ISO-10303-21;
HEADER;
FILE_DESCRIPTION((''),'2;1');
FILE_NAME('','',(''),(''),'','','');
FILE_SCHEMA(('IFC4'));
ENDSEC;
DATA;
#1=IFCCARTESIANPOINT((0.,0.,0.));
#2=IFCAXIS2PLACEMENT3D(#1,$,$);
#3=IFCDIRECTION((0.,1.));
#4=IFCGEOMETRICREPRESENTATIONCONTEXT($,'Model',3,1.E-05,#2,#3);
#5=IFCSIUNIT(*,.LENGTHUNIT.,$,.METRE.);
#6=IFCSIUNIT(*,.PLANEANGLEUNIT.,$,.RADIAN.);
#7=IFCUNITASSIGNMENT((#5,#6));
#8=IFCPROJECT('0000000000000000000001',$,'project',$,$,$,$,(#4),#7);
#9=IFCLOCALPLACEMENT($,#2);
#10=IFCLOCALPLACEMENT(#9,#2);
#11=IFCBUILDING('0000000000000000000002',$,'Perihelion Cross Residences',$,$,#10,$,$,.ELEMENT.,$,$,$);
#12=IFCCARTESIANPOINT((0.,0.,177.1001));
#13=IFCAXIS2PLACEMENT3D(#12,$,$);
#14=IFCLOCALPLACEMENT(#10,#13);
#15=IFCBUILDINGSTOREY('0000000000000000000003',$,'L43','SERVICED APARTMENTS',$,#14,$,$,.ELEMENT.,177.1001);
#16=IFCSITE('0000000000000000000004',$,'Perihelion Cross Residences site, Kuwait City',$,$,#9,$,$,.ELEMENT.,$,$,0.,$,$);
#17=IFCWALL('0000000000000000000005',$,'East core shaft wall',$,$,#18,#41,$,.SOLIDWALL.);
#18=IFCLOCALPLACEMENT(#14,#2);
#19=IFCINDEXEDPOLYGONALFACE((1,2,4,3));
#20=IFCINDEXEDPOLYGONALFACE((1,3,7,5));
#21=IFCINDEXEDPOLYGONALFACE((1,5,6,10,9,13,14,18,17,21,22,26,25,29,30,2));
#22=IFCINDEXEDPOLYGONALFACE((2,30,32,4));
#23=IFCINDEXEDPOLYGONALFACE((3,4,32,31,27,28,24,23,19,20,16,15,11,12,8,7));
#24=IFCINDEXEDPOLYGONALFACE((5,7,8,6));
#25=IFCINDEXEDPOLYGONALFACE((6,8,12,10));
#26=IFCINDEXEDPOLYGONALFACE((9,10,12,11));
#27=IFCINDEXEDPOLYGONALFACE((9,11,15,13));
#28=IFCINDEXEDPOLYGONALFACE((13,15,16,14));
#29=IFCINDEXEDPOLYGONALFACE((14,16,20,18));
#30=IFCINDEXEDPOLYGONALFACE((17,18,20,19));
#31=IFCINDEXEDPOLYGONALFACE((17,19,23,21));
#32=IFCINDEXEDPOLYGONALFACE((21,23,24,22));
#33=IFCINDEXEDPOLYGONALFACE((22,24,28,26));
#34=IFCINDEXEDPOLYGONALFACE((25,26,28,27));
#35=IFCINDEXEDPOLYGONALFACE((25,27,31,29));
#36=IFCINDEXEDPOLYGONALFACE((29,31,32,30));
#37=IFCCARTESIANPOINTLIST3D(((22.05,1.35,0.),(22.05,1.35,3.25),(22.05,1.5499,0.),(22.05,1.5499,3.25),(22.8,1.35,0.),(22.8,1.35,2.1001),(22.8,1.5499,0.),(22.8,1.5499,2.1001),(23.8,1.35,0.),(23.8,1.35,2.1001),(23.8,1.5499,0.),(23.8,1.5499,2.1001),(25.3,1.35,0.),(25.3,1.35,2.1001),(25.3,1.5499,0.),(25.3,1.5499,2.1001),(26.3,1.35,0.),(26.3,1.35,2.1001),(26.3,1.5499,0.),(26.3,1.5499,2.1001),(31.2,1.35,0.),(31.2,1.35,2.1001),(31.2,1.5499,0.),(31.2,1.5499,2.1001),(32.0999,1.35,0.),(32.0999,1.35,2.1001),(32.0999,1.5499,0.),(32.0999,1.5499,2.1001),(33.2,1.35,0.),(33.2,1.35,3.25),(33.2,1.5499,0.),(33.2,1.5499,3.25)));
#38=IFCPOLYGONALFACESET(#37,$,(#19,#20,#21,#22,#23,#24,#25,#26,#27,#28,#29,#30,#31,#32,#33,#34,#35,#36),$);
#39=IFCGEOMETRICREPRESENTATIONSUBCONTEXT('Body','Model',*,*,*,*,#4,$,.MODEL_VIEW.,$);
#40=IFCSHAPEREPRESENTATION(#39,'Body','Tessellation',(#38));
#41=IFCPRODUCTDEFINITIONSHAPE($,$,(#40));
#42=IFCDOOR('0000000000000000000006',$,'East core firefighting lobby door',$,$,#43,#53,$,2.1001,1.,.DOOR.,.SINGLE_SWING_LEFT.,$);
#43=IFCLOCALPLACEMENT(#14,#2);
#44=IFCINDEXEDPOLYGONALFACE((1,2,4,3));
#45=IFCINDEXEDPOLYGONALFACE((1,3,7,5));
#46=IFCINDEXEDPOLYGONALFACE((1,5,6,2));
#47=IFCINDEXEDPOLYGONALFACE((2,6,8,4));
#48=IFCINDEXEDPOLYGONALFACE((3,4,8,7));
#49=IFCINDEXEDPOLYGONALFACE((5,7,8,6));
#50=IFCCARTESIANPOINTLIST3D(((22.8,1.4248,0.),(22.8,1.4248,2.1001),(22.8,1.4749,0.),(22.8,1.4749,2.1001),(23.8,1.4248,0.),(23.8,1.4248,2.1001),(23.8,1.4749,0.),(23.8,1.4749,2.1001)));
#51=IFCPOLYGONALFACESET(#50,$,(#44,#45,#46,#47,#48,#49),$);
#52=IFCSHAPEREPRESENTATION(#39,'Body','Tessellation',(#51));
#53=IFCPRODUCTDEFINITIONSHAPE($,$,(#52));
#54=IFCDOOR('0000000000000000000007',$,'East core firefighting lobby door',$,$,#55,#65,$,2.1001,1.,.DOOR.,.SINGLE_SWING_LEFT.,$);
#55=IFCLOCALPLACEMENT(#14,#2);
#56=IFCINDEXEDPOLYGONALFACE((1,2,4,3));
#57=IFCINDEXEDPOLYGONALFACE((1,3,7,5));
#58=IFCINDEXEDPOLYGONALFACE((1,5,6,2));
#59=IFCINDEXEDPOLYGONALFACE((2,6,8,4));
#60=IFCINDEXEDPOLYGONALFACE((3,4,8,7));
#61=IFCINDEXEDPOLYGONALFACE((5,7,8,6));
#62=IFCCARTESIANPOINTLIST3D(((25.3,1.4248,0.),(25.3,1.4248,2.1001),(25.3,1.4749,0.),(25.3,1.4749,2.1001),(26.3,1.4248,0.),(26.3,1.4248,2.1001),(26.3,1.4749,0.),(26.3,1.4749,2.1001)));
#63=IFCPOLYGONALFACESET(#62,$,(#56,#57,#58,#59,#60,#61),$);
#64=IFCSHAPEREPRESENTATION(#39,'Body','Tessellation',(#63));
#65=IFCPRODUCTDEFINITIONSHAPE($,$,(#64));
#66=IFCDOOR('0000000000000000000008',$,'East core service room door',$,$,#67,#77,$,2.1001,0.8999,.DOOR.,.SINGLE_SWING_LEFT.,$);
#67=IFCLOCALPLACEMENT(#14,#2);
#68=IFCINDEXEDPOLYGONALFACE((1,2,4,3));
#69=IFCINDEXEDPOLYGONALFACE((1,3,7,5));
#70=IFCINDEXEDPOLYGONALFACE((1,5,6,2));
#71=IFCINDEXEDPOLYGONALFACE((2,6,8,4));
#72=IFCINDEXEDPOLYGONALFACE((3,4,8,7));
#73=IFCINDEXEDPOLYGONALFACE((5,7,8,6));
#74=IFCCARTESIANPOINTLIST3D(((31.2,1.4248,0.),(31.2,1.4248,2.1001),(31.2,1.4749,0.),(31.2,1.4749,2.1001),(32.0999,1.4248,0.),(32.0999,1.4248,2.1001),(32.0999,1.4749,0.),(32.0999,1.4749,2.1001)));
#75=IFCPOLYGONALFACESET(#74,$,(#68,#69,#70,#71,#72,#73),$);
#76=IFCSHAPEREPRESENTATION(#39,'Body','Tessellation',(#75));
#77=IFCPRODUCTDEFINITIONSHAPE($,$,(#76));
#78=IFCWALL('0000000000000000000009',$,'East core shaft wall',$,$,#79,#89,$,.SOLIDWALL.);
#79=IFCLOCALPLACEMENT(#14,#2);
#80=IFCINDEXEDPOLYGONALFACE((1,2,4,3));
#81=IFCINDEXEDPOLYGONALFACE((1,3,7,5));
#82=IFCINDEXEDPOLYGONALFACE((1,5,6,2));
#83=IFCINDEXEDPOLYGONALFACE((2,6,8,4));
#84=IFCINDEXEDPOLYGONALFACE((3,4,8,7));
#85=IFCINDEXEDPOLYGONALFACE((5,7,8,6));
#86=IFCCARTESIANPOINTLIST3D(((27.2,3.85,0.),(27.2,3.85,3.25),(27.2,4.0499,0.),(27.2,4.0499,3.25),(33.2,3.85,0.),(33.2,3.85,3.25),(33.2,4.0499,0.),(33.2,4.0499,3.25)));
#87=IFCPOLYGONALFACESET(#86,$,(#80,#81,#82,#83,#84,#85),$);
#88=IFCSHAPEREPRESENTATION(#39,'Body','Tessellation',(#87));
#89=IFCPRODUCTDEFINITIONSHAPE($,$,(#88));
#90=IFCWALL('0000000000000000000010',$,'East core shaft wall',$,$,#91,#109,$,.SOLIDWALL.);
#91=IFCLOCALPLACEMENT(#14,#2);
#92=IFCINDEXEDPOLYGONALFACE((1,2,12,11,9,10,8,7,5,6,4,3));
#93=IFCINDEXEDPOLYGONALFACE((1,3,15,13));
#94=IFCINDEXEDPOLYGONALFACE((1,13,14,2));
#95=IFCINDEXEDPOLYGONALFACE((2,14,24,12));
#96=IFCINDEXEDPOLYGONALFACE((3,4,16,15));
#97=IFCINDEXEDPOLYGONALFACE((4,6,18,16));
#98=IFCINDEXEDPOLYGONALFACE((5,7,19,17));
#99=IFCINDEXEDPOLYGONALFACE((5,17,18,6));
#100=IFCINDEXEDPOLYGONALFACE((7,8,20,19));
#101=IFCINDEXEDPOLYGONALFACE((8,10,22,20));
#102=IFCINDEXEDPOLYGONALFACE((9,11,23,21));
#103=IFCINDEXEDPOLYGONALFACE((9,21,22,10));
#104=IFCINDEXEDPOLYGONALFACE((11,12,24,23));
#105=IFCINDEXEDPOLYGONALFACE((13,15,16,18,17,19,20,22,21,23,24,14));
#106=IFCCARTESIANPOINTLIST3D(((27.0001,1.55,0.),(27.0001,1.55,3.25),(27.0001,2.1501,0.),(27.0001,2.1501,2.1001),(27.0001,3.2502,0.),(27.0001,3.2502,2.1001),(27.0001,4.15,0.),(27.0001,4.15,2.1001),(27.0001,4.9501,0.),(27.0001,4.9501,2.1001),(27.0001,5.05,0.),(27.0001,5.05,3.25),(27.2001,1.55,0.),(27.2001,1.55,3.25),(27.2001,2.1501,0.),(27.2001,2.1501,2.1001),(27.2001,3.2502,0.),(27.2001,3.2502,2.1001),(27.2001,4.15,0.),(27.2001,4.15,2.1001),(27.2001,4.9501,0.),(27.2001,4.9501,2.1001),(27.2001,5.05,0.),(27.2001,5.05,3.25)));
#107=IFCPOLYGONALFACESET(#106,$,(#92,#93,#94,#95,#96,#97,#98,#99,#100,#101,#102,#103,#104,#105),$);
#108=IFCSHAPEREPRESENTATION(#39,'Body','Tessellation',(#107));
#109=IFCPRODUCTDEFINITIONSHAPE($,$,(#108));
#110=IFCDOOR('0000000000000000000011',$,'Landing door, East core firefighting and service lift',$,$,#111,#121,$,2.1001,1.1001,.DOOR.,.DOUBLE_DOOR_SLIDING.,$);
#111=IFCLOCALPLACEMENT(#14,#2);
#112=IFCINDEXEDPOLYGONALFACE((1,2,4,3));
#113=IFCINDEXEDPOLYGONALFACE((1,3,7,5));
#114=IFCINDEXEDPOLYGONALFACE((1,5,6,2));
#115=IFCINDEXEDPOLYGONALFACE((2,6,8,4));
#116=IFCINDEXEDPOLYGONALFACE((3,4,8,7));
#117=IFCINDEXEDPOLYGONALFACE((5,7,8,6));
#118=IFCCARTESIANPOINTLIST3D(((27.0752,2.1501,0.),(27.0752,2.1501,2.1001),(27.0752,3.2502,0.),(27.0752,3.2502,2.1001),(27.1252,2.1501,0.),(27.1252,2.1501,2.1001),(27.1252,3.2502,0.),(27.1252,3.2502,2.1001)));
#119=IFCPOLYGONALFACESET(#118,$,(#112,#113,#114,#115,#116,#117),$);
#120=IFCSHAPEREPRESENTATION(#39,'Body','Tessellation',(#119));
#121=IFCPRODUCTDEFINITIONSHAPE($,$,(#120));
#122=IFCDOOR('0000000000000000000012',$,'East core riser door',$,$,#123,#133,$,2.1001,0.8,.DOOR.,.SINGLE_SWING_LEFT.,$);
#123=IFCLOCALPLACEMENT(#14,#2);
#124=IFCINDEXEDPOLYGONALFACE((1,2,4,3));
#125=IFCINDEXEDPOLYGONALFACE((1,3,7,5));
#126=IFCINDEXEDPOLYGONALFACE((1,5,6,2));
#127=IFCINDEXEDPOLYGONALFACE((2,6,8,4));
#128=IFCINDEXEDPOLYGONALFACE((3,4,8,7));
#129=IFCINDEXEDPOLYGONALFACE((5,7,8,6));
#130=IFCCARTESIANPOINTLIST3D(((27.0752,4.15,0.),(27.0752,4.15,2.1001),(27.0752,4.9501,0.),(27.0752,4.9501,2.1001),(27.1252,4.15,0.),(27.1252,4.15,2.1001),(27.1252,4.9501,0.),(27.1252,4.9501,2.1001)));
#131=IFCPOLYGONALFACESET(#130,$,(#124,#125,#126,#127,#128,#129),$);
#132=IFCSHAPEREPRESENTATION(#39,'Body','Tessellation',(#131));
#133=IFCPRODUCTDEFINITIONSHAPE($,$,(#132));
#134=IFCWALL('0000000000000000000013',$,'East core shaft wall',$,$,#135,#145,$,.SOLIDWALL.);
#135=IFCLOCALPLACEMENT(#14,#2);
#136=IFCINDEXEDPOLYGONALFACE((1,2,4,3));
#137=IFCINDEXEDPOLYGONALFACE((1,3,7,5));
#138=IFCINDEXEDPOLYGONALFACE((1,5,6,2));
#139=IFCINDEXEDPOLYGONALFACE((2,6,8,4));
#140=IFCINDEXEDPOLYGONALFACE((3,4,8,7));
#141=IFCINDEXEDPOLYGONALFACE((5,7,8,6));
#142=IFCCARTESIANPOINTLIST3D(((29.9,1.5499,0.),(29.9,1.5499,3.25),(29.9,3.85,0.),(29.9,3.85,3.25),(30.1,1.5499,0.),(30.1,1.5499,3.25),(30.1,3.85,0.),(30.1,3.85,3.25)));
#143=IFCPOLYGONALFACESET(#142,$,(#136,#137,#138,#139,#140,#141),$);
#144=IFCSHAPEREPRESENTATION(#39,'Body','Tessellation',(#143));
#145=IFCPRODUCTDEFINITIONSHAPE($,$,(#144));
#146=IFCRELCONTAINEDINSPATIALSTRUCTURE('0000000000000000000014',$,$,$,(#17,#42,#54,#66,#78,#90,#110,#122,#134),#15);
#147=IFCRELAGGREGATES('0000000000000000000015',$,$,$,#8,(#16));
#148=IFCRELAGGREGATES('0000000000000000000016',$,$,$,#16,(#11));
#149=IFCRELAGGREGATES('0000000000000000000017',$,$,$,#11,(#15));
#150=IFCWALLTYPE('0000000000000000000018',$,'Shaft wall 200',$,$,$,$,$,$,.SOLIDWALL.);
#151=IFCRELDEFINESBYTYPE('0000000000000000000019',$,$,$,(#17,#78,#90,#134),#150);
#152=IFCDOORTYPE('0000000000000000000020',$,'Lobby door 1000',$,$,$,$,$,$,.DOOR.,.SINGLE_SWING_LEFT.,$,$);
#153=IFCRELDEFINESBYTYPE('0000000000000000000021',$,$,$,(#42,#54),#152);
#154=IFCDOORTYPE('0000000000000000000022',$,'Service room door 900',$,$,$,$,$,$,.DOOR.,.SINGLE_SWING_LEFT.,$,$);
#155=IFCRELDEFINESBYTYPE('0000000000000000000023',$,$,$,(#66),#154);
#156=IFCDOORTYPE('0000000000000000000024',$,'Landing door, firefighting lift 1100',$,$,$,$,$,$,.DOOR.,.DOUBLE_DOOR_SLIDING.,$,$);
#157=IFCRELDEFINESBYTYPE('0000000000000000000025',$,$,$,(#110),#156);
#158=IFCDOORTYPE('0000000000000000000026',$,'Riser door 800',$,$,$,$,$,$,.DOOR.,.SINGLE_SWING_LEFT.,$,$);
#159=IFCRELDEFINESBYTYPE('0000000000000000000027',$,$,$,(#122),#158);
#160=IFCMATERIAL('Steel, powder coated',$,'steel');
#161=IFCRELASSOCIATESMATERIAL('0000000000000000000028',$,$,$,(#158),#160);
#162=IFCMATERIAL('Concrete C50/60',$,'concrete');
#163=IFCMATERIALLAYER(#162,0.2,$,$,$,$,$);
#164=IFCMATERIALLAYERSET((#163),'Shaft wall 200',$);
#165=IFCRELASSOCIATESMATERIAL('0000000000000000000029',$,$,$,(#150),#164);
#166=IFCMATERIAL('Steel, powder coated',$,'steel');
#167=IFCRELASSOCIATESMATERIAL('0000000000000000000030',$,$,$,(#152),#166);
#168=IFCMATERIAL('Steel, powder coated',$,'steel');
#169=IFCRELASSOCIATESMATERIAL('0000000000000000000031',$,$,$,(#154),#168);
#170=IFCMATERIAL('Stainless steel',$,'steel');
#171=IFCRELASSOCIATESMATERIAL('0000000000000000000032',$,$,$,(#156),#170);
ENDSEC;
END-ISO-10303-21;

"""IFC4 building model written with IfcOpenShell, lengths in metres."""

from ifc_helpers import new_model, si_unit, direction, frame, frame_2d, origin, place, context, subcontext, project, spatial, rectangle, extrude, material, layer, layer_set, type_object, element, fill, save


model = new_model("IFC4")

# Units and contexts
model_context = context("Model", 3, precision=1e-05, world=origin(), true_north=direction((0.0, 1.0)))
body_context = subcontext(model_context, "Body", "Model", "MODEL_VIEW")
ifc_project = project(units=[si_unit("LENGTHUNIT", "METRE"), si_unit("PLANEANGLEUNIT", "RADIAN")], contexts=[model_context])

# Site, building, storey
site_placement = place(None, origin())
site = spatial("IfcSite", under=ifc_project, at=site_placement, Name="Perihelion Cross Residences site, Kuwait City", CompositionType="ELEMENT", RefElevation=0.0)
building_placement = place(site_placement, origin())
building = spatial("IfcBuilding", under=site, at=building_placement, Name="Perihelion Cross Residences", CompositionType="ELEMENT")
storey_placement = place(building_placement, frame((0.0, 0.0, 177.1001)))
storey = spatial("IfcBuildingStorey", under=building, at=storey_placement, Name="L43", Description="SERVICED APARTMENTS", CompositionType="ELEMENT", Elevation=177.1001)

# Shared definitions
ifc_material_1 = material(Name="Steel, powder coated", Category="steel")
door_type_1 = type_object("IfcDoorType", Name="Riser door 800", OperationType="SINGLE_SWING_LEFT", PredefinedType="DOOR", material=ifc_material_1)

# Wall, openings, doors
ifc_material_2 = material(Name="Concrete C50/60", Category="concrete")
ifc_layer_1 = layer(ifc_material_2, 0.2)
ifc_layer_set_1 = layer_set([ifc_layer_1], Name="Shaft wall 200")
wall_type_1 = type_object("IfcWallType", Name="Shaft wall 200", PredefinedType="SOLIDWALL", material=ifc_layer_set_1)
wall_1_placement = place(storey_placement, frame((22.05, 1.45, 0.0), z_axis=(0.0, 0.0, 1.0), x_axis=(1.0, 0.0, 0.0)))
wall_1 = element("IfcWall", 1, at=wall_1_placement, inside=storey, type_object=wall_type_1, Name="East core shaft wall", PredefinedType="SOLIDWALL", context=body_context, shape_type="SweptSolid", body=[
    extrude(rectangle(XDim=11.1499, YDim=0.2, at=frame_2d((5.575, 0.0))), origin(), (0.0, 0.0, 1.0), 3.25),
])
opening_1_placement = place(wall_1_placement, frame((0.75, 0.0, 0.0)))
opening_1 = element("IfcOpeningElement", 2, at=opening_1_placement, cuts=wall_1, PredefinedType="OPENING", context=body_context, shape_type="SweptSolid", body=[
    extrude(rectangle(XDim=1.0, YDim=2.1001, at=frame_2d((0.5, 1.05))), frame((0.0, 0.1099, 0.0), z_axis=(0.0, -1.0, 0.0), x_axis=(1.0, 0.0, 0.0)), (0.0, 0.0, 1.0), 0.22),
])
opening_2_placement = place(wall_1_placement, frame((3.25, 0.0, 0.0)))
opening_2 = element("IfcOpeningElement", 3, at=opening_2_placement, cuts=wall_1, PredefinedType="OPENING", context=body_context, shape_type="SweptSolid", body=[
    extrude(rectangle(XDim=1.0, YDim=2.1001, at=frame_2d((0.5, 1.05))), frame((0.0, 0.1099, 0.0), z_axis=(0.0, -1.0, 0.0), x_axis=(1.0, 0.0, 0.0)), (0.0, 0.0, 1.0), 0.22),
])
opening_3_placement = place(wall_1_placement, frame((9.1499, 0.0, 0.0)))
opening_3 = element("IfcOpeningElement", 4, at=opening_3_placement, cuts=wall_1, PredefinedType="OPENING", context=body_context, shape_type="SweptSolid", body=[
    extrude(rectangle(XDim=0.8999, YDim=2.1001, at=frame_2d((0.45, 1.05))), frame((0.0, 0.1099, 0.0), z_axis=(0.0, -1.0, 0.0), x_axis=(1.0, 0.0, 0.0)), (0.0, 0.0, 1.0), 0.22),
])
ifc_material_3 = material(Name="Steel, powder coated", Category="steel")
door_type_2 = type_object("IfcDoorType", Name="Lobby door 1000", OperationType="SINGLE_SWING_LEFT", PredefinedType="DOOR", material=ifc_material_3)
door_1_placement = place(opening_1_placement, origin())
door_1 = element("IfcDoor", 5, at=door_1_placement, inside=storey, type_object=door_type_2, Name="East core firefighting lobby door", OperationType="SINGLE_SWING_LEFT", OverallHeight=2.1001, OverallWidth=1.0, PredefinedType="DOOR", context=body_context, shape_type="SweptSolid", body=[
    extrude(rectangle(XDim=1.0, YDim=2.1001, at=frame_2d((0.5, 1.05))), frame((0.0, 0.0249, 0.0), z_axis=(0.0, -1.0, 0.0), x_axis=(1.0, 0.0, 0.0)), (0.0, 0.0, 1.0), 0.05),
])
fill(opening_1, door_1)
door_2_placement = place(opening_2_placement, origin())
door_2 = element("IfcDoor", 6, at=door_2_placement, inside=storey, type_object=door_type_2, Name="East core firefighting lobby door", OperationType="SINGLE_SWING_LEFT", OverallHeight=2.1001, OverallWidth=1.0, PredefinedType="DOOR", context=body_context, shape_type="SweptSolid", body=[
    extrude(rectangle(XDim=1.0, YDim=2.1001, at=frame_2d((0.5, 1.05))), frame((0.0, 0.0249, 0.0), z_axis=(0.0, -1.0, 0.0), x_axis=(1.0, 0.0, 0.0)), (0.0, 0.0, 1.0), 0.05),
])
fill(opening_2, door_2)
ifc_material_4 = material(Name="Steel, powder coated", Category="steel")
door_type_3 = type_object("IfcDoorType", Name="Service room door 900", OperationType="SINGLE_SWING_LEFT", PredefinedType="DOOR", material=ifc_material_4)
door_3_placement = place(opening_3_placement, origin())
door_3 = element("IfcDoor", 7, at=door_3_placement, inside=storey, type_object=door_type_3, Name="East core service room door", OperationType="SINGLE_SWING_LEFT", OverallHeight=2.1001, OverallWidth=0.8999, PredefinedType="DOOR", context=body_context, shape_type="SweptSolid", body=[
    extrude(rectangle(XDim=0.8999, YDim=2.1001, at=frame_2d((0.45, 1.05))), frame((0.0, 0.0249, 0.0), z_axis=(0.0, -1.0, 0.0), x_axis=(1.0, 0.0, 0.0)), (0.0, 0.0, 1.0), 0.05),
])
fill(opening_3, door_3)

# Wall
wall_2_placement = place(storey_placement, frame((27.2, 3.95, 0.0), z_axis=(0.0, 0.0, 1.0), x_axis=(1.0, 0.0, 0.0)))
element("IfcWall", 8, at=wall_2_placement, inside=storey, type_object=wall_type_1, Name="East core shaft wall", PredefinedType="SOLIDWALL", context=body_context, shape_type="SweptSolid", body=[
    extrude(rectangle(XDim=6.0, YDim=0.2, at=frame_2d((3.0, 0.0))), origin(), (0.0, 0.0, 1.0), 3.25),
])

# Wall, openings, doors
wall_3_placement = place(storey_placement, frame((27.1001, 1.55, 0.0), z_axis=(0.0, 0.0, 1.0), x_axis=(0.0, 1.0, 0.0)))
wall_3 = element("IfcWall", 9, at=wall_3_placement, inside=storey, type_object=wall_type_1, Name="East core shaft wall", PredefinedType="SOLIDWALL", context=body_context, shape_type="SweptSolid", body=[
    extrude(rectangle(XDim=3.5, YDim=0.2, at=frame_2d((1.75, 0.0))), origin(), (0.0, 0.0, 1.0), 3.25),
])
opening_4_placement = place(wall_3_placement, frame((0.6001, 0.0, 0.0)))
opening_4 = element("IfcOpeningElement", 10, at=opening_4_placement, cuts=wall_3, PredefinedType="OPENING", context=body_context, shape_type="SweptSolid", body=[
    extrude(rectangle(XDim=1.1001, YDim=2.1001, at=frame_2d((0.55, 1.05))), frame((0.0, 0.1099, 0.0), z_axis=(0.0, -1.0, 0.0), x_axis=(1.0, 0.0, 0.0)), (0.0, 0.0, 1.0), 0.22),
])
opening_5_placement = place(wall_3_placement, frame((2.6001, 0.0, 0.0)))
opening_5 = element("IfcOpeningElement", 11, at=opening_5_placement, cuts=wall_3, PredefinedType="OPENING", context=body_context, shape_type="SweptSolid", body=[
    extrude(rectangle(XDim=0.8, YDim=2.1001, at=frame_2d((0.3999, 1.05))), frame((0.0, 0.1099, 0.0), z_axis=(0.0, -1.0, 0.0), x_axis=(1.0, 0.0, 0.0)), (0.0, 0.0, 1.0), 0.22),
])
ifc_material_5 = material(Name="Stainless steel", Category="steel")
door_type_4 = type_object("IfcDoorType", Name="Landing door, firefighting lift 1100", OperationType="DOUBLE_DOOR_SLIDING", PredefinedType="DOOR", material=ifc_material_5)
door_4_placement = place(opening_4_placement, origin())
door_4 = element("IfcDoor", 12, at=door_4_placement, inside=storey, type_object=door_type_4, Name="Landing door, East core firefighting and service lift", OperationType="DOUBLE_DOOR_SLIDING", OverallHeight=2.1001, OverallWidth=1.1001, PredefinedType="DOOR", context=body_context, shape_type="SweptSolid", body=[
    extrude(rectangle(XDim=1.1001, YDim=2.1001, at=frame_2d((0.55, 1.05))), frame((0.0, 0.0249, 0.0), z_axis=(0.0, -1.0, 0.0), x_axis=(1.0, 0.0, 0.0)), (0.0, 0.0, 1.0), 0.05),
])
fill(opening_4, door_4)
door_5_placement = place(opening_5_placement, origin())
door_5 = element("IfcDoor", 13, at=door_5_placement, inside=storey, type_object=door_type_1, Name="East core riser door", OperationType="SINGLE_SWING_LEFT", OverallHeight=2.1001, OverallWidth=0.8, PredefinedType="DOOR", context=body_context, shape_type="SweptSolid", body=[
    extrude(rectangle(XDim=0.8, YDim=2.1001, at=frame_2d((0.3999, 1.05))), frame((0.0, 0.0249, 0.0), z_axis=(0.0, -1.0, 0.0), x_axis=(1.0, 0.0, 0.0)), (0.0, 0.0, 1.0), 0.05),
])
fill(opening_5, door_5)

# Wall
wall_4_placement = place(storey_placement, frame((30.0, 1.55, 0.0), z_axis=(0.0, 0.0, 1.0), x_axis=(0.0, 1.0, 0.0)))
element("IfcWall", 14, at=wall_4_placement, inside=storey, type_object=wall_type_1, Name="East core shaft wall", PredefinedType="SOLIDWALL", context=body_context, shape_type="SweptSolid", body=[
    extrude(rectangle(XDim=2.3, YDim=0.2, at=frame_2d((1.1499, 0.0))), origin(), (0.0, 0.0, 1.0), 3.25),
])

save(model, "model.ifc")
